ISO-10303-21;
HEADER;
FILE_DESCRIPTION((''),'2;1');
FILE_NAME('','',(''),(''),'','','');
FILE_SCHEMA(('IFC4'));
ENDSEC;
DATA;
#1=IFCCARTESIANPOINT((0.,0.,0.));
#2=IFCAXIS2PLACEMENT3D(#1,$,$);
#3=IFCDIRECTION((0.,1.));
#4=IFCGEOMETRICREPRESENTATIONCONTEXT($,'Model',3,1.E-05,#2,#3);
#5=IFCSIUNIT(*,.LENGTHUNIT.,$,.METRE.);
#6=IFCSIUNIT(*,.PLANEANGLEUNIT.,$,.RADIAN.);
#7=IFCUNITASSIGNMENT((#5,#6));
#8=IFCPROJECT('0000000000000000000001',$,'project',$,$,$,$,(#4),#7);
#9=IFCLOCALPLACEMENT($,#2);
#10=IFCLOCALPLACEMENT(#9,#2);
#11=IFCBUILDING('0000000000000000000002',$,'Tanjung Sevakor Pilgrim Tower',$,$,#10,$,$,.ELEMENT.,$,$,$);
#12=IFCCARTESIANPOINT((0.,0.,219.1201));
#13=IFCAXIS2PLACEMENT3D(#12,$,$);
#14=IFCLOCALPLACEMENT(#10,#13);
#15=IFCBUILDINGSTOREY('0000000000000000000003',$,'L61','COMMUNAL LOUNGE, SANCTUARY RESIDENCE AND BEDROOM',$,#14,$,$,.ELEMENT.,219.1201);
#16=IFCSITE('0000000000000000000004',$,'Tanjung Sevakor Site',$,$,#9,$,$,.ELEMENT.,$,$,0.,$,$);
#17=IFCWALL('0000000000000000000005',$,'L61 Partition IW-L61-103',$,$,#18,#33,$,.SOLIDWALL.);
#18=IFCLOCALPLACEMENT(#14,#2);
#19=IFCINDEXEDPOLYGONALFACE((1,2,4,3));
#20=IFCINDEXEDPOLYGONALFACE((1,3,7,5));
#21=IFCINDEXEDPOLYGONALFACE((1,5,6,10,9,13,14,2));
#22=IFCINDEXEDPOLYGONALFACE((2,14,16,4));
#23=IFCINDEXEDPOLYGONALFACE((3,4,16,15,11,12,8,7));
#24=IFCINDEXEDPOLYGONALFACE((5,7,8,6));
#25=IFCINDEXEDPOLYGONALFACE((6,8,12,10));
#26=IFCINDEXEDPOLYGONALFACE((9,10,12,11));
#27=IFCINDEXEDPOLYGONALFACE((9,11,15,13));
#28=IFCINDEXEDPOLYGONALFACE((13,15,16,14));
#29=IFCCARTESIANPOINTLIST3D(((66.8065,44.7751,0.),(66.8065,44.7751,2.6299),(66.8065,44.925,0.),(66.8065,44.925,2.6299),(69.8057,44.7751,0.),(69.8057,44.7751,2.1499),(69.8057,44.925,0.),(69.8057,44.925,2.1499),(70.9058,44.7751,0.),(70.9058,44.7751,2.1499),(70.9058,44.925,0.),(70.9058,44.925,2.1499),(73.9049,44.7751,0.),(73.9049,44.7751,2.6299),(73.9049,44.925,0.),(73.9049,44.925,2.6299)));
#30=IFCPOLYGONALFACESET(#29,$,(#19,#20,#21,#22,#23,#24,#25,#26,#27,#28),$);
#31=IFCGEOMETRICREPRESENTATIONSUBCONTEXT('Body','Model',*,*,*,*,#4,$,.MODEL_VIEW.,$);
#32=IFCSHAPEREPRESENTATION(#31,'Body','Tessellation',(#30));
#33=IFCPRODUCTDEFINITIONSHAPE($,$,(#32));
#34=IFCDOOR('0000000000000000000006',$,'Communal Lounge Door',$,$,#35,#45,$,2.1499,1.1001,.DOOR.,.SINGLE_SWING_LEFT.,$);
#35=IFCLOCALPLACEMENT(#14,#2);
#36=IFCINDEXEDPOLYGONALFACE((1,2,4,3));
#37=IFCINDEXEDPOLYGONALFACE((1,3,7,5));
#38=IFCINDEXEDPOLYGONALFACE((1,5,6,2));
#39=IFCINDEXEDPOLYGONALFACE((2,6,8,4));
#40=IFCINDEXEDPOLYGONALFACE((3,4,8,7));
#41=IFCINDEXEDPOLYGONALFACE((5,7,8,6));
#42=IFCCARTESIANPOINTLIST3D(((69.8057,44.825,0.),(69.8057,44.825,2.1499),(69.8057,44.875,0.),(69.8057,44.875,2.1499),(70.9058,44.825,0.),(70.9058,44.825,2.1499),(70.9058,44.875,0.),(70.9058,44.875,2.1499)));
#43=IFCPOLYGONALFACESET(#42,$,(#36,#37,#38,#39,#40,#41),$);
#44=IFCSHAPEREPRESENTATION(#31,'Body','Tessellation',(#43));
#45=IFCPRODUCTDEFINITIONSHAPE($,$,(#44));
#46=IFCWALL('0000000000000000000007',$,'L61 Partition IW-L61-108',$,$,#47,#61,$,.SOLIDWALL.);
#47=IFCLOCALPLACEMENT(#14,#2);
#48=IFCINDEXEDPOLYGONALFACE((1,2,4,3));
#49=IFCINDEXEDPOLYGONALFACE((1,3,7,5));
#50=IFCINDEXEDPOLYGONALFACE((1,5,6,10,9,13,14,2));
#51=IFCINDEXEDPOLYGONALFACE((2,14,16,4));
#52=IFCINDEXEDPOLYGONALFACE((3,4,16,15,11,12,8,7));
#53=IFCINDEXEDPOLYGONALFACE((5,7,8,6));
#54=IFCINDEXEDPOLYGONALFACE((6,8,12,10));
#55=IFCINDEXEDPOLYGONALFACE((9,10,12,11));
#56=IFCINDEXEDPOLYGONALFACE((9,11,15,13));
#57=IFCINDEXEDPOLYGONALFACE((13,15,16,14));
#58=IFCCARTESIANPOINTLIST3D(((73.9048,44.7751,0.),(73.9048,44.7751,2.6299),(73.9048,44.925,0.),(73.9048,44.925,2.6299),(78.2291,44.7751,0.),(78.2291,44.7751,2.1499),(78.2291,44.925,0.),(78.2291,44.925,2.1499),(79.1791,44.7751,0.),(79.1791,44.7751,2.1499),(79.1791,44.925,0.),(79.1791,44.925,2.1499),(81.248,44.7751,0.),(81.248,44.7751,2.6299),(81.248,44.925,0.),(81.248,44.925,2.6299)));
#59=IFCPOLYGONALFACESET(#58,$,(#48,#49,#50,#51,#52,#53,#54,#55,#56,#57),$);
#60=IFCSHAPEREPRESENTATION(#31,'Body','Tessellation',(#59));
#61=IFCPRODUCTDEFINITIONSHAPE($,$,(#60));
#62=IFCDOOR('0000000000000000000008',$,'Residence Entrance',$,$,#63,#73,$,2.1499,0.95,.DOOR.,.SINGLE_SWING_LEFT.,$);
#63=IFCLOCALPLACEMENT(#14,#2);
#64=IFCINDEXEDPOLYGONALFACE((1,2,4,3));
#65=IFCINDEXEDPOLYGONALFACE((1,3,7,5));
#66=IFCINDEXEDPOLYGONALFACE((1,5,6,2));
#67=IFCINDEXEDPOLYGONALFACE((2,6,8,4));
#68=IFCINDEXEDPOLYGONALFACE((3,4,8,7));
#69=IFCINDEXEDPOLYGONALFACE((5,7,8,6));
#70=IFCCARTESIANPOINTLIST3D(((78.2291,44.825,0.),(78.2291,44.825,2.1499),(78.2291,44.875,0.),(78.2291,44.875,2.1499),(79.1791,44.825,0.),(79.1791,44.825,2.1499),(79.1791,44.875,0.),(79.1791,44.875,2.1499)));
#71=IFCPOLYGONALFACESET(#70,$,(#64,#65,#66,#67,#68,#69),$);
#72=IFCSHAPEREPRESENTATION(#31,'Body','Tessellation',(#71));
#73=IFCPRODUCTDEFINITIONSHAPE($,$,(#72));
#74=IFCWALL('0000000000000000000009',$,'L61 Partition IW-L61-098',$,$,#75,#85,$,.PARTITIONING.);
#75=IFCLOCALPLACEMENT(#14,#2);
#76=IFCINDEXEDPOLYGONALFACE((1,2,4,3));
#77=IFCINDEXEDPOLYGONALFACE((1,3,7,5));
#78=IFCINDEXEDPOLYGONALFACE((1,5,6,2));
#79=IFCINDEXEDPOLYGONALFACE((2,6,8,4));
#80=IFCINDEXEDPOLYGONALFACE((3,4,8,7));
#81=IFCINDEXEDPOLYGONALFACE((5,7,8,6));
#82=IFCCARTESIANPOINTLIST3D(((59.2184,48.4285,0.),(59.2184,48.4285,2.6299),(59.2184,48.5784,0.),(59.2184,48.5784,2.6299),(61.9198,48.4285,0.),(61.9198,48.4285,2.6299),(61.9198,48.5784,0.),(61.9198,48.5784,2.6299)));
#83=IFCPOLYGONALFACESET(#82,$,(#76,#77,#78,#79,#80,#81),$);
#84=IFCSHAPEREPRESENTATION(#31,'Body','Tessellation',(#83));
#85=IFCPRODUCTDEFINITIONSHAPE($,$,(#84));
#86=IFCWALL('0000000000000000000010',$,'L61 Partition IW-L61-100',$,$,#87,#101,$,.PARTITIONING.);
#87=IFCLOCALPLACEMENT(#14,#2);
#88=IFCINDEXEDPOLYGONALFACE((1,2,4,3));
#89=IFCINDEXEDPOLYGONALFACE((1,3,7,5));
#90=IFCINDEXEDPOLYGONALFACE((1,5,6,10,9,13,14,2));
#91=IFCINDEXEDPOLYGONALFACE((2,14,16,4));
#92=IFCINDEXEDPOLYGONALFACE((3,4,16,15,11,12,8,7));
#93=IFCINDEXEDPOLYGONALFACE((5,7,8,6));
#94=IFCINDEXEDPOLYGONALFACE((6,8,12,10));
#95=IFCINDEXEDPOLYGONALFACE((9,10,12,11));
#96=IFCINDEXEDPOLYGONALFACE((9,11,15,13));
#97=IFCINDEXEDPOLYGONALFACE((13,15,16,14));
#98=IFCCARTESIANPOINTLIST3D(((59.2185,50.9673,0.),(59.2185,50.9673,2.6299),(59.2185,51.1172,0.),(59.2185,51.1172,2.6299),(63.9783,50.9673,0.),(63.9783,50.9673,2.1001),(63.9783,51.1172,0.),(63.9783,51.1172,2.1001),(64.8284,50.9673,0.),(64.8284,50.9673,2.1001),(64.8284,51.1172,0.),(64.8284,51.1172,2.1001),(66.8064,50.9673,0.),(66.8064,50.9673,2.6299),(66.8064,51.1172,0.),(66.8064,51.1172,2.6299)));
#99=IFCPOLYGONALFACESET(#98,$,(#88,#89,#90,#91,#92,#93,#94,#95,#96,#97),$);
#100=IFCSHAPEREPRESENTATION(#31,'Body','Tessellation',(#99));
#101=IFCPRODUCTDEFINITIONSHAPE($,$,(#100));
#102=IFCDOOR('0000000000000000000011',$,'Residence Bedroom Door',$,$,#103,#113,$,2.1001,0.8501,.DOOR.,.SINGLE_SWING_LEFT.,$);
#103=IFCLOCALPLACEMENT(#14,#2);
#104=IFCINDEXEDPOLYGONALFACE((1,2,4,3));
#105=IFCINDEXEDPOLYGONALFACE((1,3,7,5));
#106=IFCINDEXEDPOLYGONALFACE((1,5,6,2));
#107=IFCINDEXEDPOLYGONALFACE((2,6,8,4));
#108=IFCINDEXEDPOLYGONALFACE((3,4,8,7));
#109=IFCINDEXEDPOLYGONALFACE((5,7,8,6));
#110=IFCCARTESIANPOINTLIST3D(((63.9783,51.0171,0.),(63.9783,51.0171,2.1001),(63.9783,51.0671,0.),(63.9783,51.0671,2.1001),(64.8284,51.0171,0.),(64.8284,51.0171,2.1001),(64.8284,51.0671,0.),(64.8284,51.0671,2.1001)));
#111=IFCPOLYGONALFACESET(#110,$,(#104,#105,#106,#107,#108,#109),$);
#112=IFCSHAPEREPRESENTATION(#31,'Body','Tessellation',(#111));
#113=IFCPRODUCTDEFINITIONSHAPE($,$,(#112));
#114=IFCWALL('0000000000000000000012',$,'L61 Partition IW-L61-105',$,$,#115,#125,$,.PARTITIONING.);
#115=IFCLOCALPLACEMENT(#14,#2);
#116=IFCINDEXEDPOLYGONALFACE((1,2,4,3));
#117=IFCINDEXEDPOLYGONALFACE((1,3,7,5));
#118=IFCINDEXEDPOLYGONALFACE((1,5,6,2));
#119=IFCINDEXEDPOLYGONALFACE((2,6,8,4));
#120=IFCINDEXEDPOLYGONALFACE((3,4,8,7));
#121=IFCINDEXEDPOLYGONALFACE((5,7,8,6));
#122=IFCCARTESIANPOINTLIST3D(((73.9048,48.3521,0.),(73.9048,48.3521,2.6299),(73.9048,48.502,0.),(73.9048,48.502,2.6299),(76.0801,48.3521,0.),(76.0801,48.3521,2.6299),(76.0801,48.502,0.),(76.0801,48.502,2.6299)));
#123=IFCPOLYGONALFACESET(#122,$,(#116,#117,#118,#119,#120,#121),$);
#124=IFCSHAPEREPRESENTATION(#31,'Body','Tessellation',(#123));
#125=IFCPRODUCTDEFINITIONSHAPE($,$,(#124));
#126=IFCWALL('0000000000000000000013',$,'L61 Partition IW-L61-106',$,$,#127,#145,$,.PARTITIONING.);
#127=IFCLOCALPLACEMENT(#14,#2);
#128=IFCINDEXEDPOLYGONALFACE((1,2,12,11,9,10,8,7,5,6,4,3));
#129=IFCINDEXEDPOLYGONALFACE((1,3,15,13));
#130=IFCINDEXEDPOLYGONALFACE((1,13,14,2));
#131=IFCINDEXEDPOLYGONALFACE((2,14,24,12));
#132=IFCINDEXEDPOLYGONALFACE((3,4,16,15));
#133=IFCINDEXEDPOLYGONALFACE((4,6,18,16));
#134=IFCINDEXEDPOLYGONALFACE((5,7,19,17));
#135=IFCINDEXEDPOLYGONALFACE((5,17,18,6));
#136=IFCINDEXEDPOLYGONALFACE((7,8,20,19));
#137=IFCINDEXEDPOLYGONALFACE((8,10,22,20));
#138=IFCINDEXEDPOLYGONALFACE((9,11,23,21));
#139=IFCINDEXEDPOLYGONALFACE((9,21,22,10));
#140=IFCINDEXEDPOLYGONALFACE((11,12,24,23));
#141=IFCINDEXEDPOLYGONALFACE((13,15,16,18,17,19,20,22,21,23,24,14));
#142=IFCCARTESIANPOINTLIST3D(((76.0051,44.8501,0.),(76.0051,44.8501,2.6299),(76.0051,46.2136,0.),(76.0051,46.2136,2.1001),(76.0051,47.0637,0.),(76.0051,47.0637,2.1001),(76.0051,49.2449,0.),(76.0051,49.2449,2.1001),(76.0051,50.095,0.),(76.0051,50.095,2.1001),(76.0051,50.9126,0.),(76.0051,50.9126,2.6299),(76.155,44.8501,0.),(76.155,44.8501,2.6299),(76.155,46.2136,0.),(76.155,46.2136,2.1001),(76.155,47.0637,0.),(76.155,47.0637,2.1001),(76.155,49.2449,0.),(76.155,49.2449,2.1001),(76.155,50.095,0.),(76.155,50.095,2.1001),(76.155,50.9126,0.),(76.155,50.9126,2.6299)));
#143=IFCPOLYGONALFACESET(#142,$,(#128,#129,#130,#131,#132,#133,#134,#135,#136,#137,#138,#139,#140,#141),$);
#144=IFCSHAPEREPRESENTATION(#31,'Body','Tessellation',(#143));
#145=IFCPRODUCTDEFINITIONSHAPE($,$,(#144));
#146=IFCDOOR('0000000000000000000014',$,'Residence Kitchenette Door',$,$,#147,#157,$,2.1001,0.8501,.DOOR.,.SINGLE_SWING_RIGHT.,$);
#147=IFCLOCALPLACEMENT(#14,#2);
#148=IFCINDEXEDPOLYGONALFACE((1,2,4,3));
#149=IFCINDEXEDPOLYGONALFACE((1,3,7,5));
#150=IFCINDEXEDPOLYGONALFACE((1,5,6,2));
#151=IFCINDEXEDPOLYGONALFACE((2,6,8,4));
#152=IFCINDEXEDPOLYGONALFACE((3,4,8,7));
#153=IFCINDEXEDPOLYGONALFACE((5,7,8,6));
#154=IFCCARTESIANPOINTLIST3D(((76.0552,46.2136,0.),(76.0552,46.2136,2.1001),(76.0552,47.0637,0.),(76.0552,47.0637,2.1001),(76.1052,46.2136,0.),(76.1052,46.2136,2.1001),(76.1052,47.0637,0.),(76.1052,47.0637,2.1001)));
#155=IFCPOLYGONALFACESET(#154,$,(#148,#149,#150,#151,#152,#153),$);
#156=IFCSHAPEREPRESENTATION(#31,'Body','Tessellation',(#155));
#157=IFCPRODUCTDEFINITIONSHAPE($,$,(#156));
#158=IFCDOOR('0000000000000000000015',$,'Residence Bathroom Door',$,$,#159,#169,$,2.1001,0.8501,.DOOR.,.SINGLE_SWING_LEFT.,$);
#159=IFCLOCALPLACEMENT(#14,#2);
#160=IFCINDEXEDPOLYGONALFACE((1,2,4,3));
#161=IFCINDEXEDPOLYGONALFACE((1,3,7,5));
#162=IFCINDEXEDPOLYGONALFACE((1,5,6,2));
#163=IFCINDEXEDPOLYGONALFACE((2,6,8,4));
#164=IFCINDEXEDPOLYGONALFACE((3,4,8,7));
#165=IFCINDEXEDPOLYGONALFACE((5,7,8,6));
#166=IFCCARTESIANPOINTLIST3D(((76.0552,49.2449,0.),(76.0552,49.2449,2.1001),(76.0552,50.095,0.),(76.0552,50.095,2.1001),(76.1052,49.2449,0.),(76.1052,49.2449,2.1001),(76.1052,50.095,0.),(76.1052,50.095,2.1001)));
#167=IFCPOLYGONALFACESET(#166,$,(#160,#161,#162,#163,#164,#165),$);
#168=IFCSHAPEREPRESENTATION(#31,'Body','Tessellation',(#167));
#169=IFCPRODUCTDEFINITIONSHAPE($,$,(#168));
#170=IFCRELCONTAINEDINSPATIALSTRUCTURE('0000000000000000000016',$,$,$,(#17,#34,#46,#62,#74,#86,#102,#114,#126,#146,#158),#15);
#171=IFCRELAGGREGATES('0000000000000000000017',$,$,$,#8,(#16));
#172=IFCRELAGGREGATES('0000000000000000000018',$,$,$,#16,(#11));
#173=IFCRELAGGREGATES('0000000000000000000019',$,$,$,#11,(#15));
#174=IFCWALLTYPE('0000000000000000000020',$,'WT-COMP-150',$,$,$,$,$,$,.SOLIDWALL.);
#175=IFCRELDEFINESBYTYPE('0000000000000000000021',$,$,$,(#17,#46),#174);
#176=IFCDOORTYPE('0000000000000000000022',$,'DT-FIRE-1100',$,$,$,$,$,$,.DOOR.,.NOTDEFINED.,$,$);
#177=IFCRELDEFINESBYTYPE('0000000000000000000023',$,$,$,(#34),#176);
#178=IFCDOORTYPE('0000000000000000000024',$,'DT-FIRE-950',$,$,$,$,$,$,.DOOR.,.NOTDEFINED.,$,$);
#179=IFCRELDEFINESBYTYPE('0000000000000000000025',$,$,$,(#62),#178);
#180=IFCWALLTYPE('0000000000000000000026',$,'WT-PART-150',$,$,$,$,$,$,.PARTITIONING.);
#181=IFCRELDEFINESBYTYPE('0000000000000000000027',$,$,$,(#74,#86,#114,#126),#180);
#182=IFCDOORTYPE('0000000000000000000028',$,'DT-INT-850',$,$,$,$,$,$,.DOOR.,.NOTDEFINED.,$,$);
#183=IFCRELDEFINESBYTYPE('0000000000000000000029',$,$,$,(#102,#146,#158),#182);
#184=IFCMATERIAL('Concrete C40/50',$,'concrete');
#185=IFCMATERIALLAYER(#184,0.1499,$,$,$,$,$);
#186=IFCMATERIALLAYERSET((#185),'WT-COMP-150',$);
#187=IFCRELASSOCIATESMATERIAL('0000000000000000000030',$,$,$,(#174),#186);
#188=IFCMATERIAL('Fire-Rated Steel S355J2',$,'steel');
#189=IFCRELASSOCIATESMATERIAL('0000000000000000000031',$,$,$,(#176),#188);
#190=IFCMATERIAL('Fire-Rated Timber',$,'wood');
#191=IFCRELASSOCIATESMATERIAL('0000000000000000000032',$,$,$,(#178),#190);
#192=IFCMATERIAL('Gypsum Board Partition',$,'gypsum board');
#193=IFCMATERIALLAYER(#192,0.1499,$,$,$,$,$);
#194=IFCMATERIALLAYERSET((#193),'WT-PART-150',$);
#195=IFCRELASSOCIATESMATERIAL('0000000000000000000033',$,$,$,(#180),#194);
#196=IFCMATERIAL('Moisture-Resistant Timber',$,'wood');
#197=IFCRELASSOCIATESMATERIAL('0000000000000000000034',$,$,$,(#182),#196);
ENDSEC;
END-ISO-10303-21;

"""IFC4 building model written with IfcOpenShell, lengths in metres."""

from ifc_helpers import new_model, si_unit, direction, frame, frame_2d, origin, place, context, subcontext, project, spatial, rectangle, extrude, material, layer, layer_set, type_object, element, fill, save


model = new_model("IFC4")

# Units and contexts
model_context = context("Model", 3, precision=1e-05, world=origin(), true_north=direction((0.0, 1.0)))
body_context = subcontext(model_context, "Body", "Model", "MODEL_VIEW")
ifc_project = project(units=[si_unit("LENGTHUNIT", "METRE"), si_unit("PLANEANGLEUNIT", "RADIAN")], contexts=[model_context])

# Site, building, storey
site_placement = place(None, origin())
site = spatial("IfcSite", under=ifc_project, at=site_placement, Name="Tanjung Sevakor Site", CompositionType="ELEMENT", RefElevation=0.0)
building_placement = place(site_placement, origin())
building = spatial("IfcBuilding", under=site, at=building_placement, Name="Tanjung Sevakor Pilgrim Tower", CompositionType="ELEMENT")
storey_placement = place(building_placement, frame((0.0, 0.0, 219.1201)))
storey = spatial("IfcBuildingStorey", under=building, at=storey_placement, Name="L61", Description="COMMUNAL LOUNGE, SANCTUARY RESIDENCE AND BEDROOM", CompositionType="ELEMENT", Elevation=219.1201)

# Shared definitions
ifc_material_1 = material(Name="Concrete C40/50", Category="concrete")
ifc_layer_1 = layer(ifc_material_1, 0.1499)
ifc_layer_set_1 = layer_set([ifc_layer_1], Name="WT-COMP-150")
wall_type_1 = type_object("IfcWallType", Name="WT-COMP-150", PredefinedType="SOLIDWALL", material=ifc_layer_set_1)

# Walls, openings, doors
wall_1_placement = place(storey_placement, frame((66.8064, 44.8501, 0.0), z_axis=(0.0, 0.0, 1.0), x_axis=(1.0, 0.0, 0.0)))
wall_1 = element("IfcWall", 1, at=wall_1_placement, inside=storey, type_object=wall_type_1, Name="L61 Partition IW-L61-103", PredefinedType="SOLIDWALL", context=body_context, shape_type="SweptSolid", body=[
    extrude(rectangle(XDim=7.0984, YDim=0.1499, at=frame_2d((3.5493, 0.0))), origin(), (0.0, 0.0, 1.0), 2.6299),
])
opening_1_placement = place(wall_1_placement, frame((2.9993, 0.0, 0.0)))
opening_1 = element("IfcOpeningElement", 2, at=opening_1_placement, cuts=wall_1, PredefinedType="OPENING", context=body_context, shape_type="SweptSolid", body=[
    extrude(rectangle(XDim=1.1001, YDim=2.1499, at=frame_2d((0.55, 1.075))), frame((0.0, 0.085, 0.0), z_axis=(0.0, -1.0, 0.0), x_axis=(1.0, 0.0, 0.0)), (0.0, 0.0, 1.0), 0.1699),
])
ifc_material_2 = material(Name="Fire-Rated Steel S355J2", Category="steel")
door_type_1 = type_object("IfcDoorType", Name="DT-FIRE-1100", OperationType="NOTDEFINED", PredefinedType="DOOR", material=ifc_material_2)
door_1_placement = place(opening_1_placement, origin())
door_1 = element("IfcDoor", 3, at=door_1_placement, inside=storey, type_object=door_type_1, Name="Communal Lounge Door", OperationType="SINGLE_SWING_LEFT", OverallHeight=2.1499, OverallWidth=1.1001, PredefinedType="DOOR", context=body_context, shape_type="SweptSolid", body=[
    extrude(rectangle(XDim=1.1001, YDim=2.1499, at=frame_2d((0.55, 1.075))), frame((0.0, 0.0249, 0.0), z_axis=(0.0, -1.0, 0.0), x_axis=(1.0, 0.0, 0.0)), (0.0, 0.0, 1.0), 0.05),
])
fill(opening_1, door_1)
wall_2_placement = place(storey_placement, frame((73.9048, 44.8501, 0.0), z_axis=(0.0, 0.0, 1.0), x_axis=(1.0, 0.0, 0.0)))
wall_2 = element("IfcWall", 4, at=wall_2_placement, inside=storey, type_object=wall_type_1, Name="L61 Partition IW-L61-108", PredefinedType="SOLIDWALL", context=body_context, shape_type="SweptSolid", body=[
    extrude(rectangle(XDim=7.3433, YDim=0.1499, at=frame_2d((3.6716, 0.0))), origin(), (0.0, 0.0, 1.0), 2.6299),
])
opening_2_placement = place(wall_2_placement, frame((4.3242, 0.0, 0.0)))
opening_2 = element("IfcOpeningElement", 5, at=opening_2_placement, cuts=wall_2, PredefinedType="OPENING", context=body_context, shape_type="SweptSolid", body=[
    extrude(rectangle(XDim=0.95, YDim=2.1499, at=frame_2d((0.4751, 1.075))), frame((0.0, 0.085, 0.0), z_axis=(0.0, -1.0, 0.0), x_axis=(1.0, 0.0, 0.0)), (0.0, 0.0, 1.0), 0.1699),
])
ifc_material_3 = material(Name="Fire-Rated Timber", Category="wood")
door_type_2 = type_object("IfcDoorType", Name="DT-FIRE-950", OperationType="NOTDEFINED", PredefinedType="DOOR", material=ifc_material_3)
door_2_placement = place(opening_2_placement, origin())
door_2 = element("IfcDoor", 6, at=door_2_placement, inside=storey, type_object=door_type_2, Name="Residence Entrance", OperationType="SINGLE_SWING_LEFT", OverallHeight=2.1499, OverallWidth=0.95, PredefinedType="DOOR", context=body_context, shape_type="SweptSolid", body=[
    extrude(rectangle(XDim=0.95, YDim=2.1499, at=frame_2d((0.4751, 1.075))), frame((0.0, 0.0249, 0.0), z_axis=(0.0, -1.0, 0.0), x_axis=(1.0, 0.0, 0.0)), (0.0, 0.0, 1.0), 0.05),
])
fill(opening_2, door_2)

# Wall
ifc_material_4 = material(Name="Gypsum Board Partition", Category="gypsum board")
ifc_layer_2 = layer(ifc_material_4, 0.1499)
ifc_layer_set_2 = layer_set([ifc_layer_2], Name="WT-PART-150")
wall_type_2 = type_object("IfcWallType", Name="WT-PART-150", PredefinedType="PARTITIONING", material=ifc_layer_set_2)
wall_3_placement = place(storey_placement, frame((59.2185, 48.5034, 0.0), z_axis=(0.0, 0.0, 1.0), x_axis=(1.0, 0.0, 0.0)))
element("IfcWall", 7, at=wall_3_placement, inside=storey, type_object=wall_type_2, Name="L61 Partition IW-L61-098", PredefinedType="PARTITIONING", context=body_context, shape_type="SweptSolid", body=[
    extrude(rectangle(XDim=2.7014, YDim=0.1499, at=frame_2d((1.3506, 0.0))), origin(), (0.0, 0.0, 1.0), 2.6299),
])

# Wall, opening, door
wall_4_placement = place(storey_placement, frame((59.2185, 51.0422, 0.0), z_axis=(0.0, 0.0, 1.0), x_axis=(1.0, 0.0, 0.0)))
wall_4 = element("IfcWall", 8, at=wall_4_placement, inside=storey, type_object=wall_type_2, Name="L61 Partition IW-L61-100", PredefinedType="PARTITIONING", context=body_context, shape_type="SweptSolid", body=[
    extrude(rectangle(XDim=7.5879, YDim=0.1499, at=frame_2d((3.7939, 0.0))), origin(), (0.0, 0.0, 1.0), 2.6299),
])
opening_3_placement = place(wall_4_placement, frame((4.7598, 0.0, 0.0)))
opening_3 = element("IfcOpeningElement", 9, at=opening_3_placement, cuts=wall_4, PredefinedType="OPENING", context=body_context, shape_type="SweptSolid", body=[
    extrude(rectangle(XDim=0.8501, YDim=2.1001, at=frame_2d((0.425, 1.05))), frame((0.0, 0.085, 0.0), z_axis=(0.0, -1.0, 0.0), x_axis=(1.0, 0.0, 0.0)), (0.0, 0.0, 1.0), 0.1699),
])
ifc_material_5 = material(Name="Moisture-Resistant Timber", Category="wood")
door_type_3 = type_object("IfcDoorType", Name="DT-INT-850", OperationType="NOTDEFINED", PredefinedType="DOOR", material=ifc_material_5)
door_3_placement = place(opening_3_placement, origin())
door_3 = element("IfcDoor", 10, at=door_3_placement, inside=storey, type_object=door_type_3, Name="Residence Bedroom Door", OperationType="SINGLE_SWING_LEFT", OverallHeight=2.1001, OverallWidth=0.8501, PredefinedType="DOOR", context=body_context, shape_type="SweptSolid", body=[
    extrude(rectangle(XDim=0.8501, YDim=2.1001, at=frame_2d((0.425, 1.05))), frame((0.0, 0.0249, 0.0), z_axis=(0.0, -1.0, 0.0), x_axis=(1.0, 0.0, 0.0)), (0.0, 0.0, 1.0), 0.05),
])
fill(opening_3, door_3)

# Wall
wall_5_placement = place(storey_placement, frame((73.9048, 48.427, 0.0), z_axis=(0.0, 0.0, 1.0), x_axis=(1.0, 0.0, 0.0)))
element("IfcWall", 11, at=wall_5_placement, inside=storey, type_object=wall_type_2, Name="L61 Partition IW-L61-105", PredefinedType="PARTITIONING", context=body_context, shape_type="SweptSolid", body=[
    extrude(rectangle(XDim=2.1753, YDim=0.1499, at=frame_2d((1.0876, 0.0))), origin(), (0.0, 0.0, 1.0), 2.6299),
])

# Wall, openings, doors
wall_6_placement = place(storey_placement, frame((76.0801, 44.8501, 0.0), z_axis=(0.0, 0.0, 1.0), x_axis=(0.0, 1.0, 0.0)))
wall_6 = element("IfcWall", 12, at=wall_6_placement, inside=storey, type_object=wall_type_2, Name="L61 Partition IW-L61-106", PredefinedType="PARTITIONING", context=body_context, shape_type="SweptSolid", body=[
    extrude(rectangle(XDim=6.0625, YDim=0.1499, at=frame_2d((3.0312, 0.0))), origin(), (0.0, 0.0, 1.0), 2.6299),
])
opening_4_placement = place(wall_6_placement, frame((1.3635, 0.0, 0.0)))
opening_4 = element("IfcOpeningElement", 13, at=opening_4_placement, cuts=wall_6, PredefinedType="OPENING", context=body_context, shape_type="SweptSolid", body=[
    extrude(rectangle(XDim=0.8501, YDim=2.1001, at=frame_2d((0.425, 1.05))), frame((0.0, 0.085, 0.0), z_axis=(0.0, -1.0, 0.0), x_axis=(1.0, 0.0, 0.0)), (0.0, 0.0, 1.0), 0.1699),
])
opening_5_placement = place(wall_6_placement, frame((4.3948, 0.0, 0.0)))
opening_5 = element("IfcOpeningElement", 14, at=opening_5_placement, cuts=wall_6, PredefinedType="OPENING", context=body_context, shape_type="SweptSolid", body=[
    extrude(rectangle(XDim=0.8501, YDim=2.1001, at=frame_2d((0.425, 1.05))), frame((0.0, 0.085, 0.0), z_axis=(0.0, -1.0, 0.0), x_axis=(1.0, 0.0, 0.0)), (0.0, 0.0, 1.0), 0.1699),
])
door_4_placement = place(opening_4_placement, origin())
door_4 = element("IfcDoor", 15, at=door_4_placement, inside=storey, type_object=door_type_3, Name="Residence Kitchenette Door", OperationType="SINGLE_SWING_RIGHT", OverallHeight=2.1001, OverallWidth=0.8501, PredefinedType="DOOR", context=body_context, shape_type="SweptSolid", body=[
    extrude(rectangle(XDim=0.8501, YDim=2.1001, at=frame_2d((0.425, 1.05))), frame((0.0, 0.0249, 0.0), z_axis=(0.0, -1.0, 0.0), x_axis=(1.0, 0.0, 0.0)), (0.0, 0.0, 1.0), 0.05),
])
fill(opening_4, door_4)
door_5_placement = place(opening_5_placement, origin())
door_5 = element("IfcDoor", 16, at=door_5_placement, inside=storey, type_object=door_type_3, Name="Residence Bathroom Door", OperationType="SINGLE_SWING_LEFT", OverallHeight=2.1001, OverallWidth=0.8501, PredefinedType="DOOR", context=body_context, shape_type="SweptSolid", body=[
    extrude(rectangle(XDim=0.8501, YDim=2.1001, at=frame_2d((0.425, 1.05))), frame((0.0, 0.0249, 0.0), z_axis=(0.0, -1.0, 0.0), x_axis=(1.0, 0.0, 0.0)), (0.0, 0.0, 1.0), 0.05),
])
fill(opening_5, door_5)

save(model, "model.ifc")
